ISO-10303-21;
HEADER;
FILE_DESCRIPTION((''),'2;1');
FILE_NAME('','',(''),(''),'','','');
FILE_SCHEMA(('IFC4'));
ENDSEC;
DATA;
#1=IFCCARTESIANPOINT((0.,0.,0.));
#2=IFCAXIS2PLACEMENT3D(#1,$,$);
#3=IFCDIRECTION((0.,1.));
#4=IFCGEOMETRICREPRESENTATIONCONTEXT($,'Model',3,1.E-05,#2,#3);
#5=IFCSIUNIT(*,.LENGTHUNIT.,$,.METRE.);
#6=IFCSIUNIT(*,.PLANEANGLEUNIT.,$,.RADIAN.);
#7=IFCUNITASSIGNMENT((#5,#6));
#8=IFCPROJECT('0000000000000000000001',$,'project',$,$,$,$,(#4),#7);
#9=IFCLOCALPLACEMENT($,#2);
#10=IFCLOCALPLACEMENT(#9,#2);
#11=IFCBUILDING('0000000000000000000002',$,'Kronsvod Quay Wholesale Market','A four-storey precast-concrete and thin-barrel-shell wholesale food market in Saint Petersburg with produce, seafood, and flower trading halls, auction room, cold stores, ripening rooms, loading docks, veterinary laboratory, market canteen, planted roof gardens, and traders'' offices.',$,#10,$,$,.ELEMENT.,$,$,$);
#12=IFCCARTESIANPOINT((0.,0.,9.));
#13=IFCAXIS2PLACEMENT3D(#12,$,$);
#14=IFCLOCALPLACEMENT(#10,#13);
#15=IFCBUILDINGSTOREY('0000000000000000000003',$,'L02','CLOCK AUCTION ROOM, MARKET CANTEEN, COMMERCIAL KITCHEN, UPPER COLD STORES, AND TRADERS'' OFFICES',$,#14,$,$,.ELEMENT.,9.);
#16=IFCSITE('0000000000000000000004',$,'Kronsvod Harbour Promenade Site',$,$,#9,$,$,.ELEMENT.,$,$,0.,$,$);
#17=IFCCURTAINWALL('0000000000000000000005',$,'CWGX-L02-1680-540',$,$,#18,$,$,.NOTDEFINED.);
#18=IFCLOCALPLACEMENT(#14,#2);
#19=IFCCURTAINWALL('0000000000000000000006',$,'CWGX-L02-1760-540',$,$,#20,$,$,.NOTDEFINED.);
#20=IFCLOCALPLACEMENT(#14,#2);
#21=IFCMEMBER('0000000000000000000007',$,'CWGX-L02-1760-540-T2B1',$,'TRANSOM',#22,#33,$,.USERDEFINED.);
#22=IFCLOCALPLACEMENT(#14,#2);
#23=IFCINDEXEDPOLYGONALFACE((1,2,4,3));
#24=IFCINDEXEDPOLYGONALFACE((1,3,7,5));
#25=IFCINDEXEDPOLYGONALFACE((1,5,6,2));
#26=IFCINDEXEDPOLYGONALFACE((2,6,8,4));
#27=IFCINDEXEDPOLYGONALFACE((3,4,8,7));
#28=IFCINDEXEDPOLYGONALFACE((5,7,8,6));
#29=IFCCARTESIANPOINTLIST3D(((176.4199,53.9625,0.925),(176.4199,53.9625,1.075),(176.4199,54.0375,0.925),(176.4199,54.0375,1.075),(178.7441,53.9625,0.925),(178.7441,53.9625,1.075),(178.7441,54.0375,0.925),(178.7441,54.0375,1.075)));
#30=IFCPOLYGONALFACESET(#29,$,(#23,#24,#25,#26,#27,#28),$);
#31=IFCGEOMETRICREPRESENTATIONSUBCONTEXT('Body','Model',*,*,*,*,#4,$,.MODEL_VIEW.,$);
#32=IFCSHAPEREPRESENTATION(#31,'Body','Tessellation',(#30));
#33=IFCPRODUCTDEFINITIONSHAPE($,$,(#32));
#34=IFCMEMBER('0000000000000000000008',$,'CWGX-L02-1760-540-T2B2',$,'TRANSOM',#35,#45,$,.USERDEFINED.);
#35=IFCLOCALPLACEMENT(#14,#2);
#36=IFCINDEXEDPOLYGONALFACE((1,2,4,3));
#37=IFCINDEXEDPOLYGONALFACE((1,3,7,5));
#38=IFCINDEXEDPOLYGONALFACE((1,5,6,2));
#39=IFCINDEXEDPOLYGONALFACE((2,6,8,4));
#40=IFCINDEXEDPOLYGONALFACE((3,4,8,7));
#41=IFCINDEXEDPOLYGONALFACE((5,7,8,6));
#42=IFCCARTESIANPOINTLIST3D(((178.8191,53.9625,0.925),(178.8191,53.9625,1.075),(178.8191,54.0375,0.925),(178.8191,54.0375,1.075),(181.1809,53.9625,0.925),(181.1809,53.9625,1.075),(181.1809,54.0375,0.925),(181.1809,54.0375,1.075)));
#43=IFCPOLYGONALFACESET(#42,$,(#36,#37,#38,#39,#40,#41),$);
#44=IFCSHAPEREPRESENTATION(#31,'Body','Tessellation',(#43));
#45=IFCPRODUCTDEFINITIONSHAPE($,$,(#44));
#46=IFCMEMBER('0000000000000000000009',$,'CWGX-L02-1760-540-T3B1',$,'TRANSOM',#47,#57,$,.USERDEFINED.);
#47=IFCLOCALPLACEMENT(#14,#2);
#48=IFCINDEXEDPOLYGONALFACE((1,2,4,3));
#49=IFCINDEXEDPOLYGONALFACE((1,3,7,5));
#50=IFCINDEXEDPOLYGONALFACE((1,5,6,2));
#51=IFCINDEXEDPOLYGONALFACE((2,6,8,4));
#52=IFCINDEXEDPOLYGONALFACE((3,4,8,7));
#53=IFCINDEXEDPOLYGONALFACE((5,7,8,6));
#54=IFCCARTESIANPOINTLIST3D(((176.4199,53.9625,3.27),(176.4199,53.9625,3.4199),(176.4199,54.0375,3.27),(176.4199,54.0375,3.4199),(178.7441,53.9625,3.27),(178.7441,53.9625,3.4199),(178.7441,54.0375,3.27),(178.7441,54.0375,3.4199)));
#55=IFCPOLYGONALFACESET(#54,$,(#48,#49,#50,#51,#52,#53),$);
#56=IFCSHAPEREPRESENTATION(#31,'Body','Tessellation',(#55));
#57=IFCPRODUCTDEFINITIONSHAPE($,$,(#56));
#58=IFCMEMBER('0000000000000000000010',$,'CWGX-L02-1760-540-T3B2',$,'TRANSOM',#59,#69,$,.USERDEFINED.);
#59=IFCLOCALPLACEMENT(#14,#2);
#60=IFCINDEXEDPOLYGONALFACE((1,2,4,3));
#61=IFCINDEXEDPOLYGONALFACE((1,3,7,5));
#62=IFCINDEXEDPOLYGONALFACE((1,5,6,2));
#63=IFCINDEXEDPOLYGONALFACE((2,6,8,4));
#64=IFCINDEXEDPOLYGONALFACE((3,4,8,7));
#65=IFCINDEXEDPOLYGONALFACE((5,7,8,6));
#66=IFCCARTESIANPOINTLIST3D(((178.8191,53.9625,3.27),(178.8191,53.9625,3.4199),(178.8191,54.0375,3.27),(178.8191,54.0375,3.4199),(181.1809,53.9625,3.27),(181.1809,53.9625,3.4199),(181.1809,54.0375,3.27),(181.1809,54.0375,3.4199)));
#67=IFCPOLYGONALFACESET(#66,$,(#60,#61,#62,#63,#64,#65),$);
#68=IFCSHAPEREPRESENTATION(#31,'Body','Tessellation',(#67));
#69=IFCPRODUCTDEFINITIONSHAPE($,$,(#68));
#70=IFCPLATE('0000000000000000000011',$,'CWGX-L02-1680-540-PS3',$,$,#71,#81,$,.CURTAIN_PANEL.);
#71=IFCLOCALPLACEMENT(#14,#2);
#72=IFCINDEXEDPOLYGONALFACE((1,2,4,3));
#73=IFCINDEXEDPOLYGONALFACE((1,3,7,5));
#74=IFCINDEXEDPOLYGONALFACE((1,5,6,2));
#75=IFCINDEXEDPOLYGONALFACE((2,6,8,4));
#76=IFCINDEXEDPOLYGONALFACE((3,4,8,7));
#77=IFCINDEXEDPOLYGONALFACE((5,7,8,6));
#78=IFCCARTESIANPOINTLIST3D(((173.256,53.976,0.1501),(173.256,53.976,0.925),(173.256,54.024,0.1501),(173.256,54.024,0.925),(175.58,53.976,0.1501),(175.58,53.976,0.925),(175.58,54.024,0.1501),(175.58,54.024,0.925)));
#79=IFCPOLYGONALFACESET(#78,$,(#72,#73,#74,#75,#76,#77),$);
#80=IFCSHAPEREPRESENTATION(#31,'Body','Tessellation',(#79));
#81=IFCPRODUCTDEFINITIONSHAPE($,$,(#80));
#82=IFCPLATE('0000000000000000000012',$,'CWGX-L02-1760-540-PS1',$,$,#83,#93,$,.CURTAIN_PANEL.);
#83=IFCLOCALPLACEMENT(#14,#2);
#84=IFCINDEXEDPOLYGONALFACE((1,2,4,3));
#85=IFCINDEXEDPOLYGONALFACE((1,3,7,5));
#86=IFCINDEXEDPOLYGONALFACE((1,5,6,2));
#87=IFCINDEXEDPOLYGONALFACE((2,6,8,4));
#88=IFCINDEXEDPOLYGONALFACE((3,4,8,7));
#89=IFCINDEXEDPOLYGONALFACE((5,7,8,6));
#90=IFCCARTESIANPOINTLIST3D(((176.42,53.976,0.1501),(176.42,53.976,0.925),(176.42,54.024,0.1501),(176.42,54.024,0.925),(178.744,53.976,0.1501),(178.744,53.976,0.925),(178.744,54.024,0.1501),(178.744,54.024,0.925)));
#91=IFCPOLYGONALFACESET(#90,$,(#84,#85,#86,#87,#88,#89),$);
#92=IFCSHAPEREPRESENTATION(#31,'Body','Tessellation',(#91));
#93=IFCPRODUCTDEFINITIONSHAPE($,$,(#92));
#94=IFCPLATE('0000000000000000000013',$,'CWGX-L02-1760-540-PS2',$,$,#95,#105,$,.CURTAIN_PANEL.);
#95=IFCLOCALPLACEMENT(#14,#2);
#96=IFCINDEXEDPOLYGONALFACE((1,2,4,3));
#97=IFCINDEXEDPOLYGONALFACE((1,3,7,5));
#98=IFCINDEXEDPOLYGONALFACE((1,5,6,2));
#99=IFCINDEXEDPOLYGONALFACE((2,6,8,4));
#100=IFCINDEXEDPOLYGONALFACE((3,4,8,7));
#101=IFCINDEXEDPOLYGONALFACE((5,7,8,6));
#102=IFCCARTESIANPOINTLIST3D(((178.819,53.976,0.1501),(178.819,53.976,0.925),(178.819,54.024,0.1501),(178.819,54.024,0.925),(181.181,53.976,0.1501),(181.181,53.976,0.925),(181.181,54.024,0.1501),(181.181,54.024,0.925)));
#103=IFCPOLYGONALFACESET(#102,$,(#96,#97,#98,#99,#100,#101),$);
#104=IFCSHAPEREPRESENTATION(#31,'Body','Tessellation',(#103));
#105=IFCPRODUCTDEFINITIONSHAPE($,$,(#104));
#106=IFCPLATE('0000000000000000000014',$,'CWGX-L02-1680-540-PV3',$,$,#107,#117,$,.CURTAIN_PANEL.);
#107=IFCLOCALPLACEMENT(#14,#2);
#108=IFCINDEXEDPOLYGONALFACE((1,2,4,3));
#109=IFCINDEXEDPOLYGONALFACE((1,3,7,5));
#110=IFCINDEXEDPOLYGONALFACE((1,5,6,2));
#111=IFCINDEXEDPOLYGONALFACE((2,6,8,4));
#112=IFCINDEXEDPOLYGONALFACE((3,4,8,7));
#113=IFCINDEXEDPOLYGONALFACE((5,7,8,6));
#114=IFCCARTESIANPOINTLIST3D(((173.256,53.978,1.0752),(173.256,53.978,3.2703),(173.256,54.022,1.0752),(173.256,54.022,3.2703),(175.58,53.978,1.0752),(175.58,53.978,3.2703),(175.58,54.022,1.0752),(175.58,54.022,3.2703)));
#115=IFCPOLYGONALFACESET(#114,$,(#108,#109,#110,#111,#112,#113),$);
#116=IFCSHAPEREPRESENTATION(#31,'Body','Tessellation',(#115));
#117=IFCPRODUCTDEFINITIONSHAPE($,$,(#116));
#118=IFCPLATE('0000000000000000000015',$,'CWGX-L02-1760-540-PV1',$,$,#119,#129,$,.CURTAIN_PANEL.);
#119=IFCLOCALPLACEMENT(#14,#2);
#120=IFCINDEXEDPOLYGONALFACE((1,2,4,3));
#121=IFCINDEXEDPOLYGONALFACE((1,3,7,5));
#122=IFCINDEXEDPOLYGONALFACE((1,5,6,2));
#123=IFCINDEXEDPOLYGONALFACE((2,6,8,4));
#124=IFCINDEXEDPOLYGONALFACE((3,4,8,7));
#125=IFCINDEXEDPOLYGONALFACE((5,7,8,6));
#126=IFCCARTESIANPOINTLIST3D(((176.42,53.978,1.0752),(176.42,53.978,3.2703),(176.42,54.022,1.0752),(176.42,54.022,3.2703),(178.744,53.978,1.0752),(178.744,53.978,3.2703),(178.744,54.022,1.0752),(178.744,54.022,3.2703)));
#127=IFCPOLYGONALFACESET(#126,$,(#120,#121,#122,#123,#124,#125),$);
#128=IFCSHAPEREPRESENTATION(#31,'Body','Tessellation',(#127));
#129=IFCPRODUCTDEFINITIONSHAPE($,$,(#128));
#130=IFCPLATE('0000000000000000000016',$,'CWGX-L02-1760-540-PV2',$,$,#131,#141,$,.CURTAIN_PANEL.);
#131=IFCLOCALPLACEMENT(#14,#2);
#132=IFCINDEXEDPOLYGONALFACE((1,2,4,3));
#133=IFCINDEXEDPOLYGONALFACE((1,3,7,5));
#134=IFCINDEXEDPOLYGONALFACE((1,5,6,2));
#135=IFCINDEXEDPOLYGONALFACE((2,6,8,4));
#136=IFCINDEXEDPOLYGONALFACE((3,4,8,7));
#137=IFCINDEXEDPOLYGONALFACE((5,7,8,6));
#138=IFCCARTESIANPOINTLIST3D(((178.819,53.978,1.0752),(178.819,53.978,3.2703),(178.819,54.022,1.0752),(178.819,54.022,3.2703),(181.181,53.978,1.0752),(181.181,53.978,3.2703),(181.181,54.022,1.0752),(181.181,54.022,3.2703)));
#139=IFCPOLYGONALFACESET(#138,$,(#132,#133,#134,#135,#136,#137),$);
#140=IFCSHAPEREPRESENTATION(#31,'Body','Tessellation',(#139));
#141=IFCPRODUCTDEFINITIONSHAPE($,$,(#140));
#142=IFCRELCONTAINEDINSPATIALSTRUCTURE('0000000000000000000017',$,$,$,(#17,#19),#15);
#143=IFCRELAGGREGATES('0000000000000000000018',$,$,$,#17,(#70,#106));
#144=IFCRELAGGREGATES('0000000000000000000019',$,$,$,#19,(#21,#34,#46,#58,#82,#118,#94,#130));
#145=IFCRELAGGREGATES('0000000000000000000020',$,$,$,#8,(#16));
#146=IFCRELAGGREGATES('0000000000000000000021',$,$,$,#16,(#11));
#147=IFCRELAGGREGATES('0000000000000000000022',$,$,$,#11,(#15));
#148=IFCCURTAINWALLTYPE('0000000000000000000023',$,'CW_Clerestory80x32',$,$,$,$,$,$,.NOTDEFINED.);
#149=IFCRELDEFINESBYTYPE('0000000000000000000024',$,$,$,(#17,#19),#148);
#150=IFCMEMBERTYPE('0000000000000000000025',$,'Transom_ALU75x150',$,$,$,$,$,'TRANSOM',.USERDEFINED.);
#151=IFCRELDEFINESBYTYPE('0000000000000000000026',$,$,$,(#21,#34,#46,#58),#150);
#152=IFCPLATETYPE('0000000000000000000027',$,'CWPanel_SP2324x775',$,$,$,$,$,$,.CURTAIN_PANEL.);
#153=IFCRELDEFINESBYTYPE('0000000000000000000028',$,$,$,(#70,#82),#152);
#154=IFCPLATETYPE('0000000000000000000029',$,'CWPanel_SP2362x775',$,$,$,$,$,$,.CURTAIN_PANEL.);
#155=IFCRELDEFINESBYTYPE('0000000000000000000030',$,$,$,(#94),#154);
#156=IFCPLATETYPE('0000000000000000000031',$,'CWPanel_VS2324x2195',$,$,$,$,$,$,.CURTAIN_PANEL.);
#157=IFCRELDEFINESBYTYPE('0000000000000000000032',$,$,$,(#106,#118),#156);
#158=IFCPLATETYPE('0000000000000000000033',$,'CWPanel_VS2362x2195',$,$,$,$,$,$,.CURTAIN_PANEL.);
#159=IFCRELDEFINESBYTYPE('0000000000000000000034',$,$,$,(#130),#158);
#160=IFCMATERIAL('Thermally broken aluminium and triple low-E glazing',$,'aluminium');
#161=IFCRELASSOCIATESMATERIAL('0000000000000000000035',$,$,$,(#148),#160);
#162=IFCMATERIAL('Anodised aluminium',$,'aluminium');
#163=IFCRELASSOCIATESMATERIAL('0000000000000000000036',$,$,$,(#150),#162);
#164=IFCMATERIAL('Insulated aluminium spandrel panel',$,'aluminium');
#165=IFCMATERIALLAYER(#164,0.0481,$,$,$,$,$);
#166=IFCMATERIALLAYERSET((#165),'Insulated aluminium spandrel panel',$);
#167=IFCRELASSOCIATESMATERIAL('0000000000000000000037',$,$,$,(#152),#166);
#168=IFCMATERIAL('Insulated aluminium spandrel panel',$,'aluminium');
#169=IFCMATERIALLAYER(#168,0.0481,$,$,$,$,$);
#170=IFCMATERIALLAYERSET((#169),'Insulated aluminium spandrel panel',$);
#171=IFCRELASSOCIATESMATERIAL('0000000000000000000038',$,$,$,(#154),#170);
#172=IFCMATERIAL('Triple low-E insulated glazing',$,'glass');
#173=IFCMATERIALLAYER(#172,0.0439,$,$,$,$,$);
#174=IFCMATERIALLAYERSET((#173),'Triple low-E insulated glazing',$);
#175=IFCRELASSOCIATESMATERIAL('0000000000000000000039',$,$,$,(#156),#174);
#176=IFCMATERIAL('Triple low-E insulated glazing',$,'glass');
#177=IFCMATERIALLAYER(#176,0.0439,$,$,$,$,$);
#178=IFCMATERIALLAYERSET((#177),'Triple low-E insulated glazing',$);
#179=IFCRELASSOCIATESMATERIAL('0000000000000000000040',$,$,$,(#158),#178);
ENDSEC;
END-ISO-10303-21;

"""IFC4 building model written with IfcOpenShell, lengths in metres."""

from ifc_helpers import new_model, si_unit, direction, frame, origin, origin_2d, place, context, subcontext, project, spatial, rectangle, extrude, material, layer, layer_set, material_profile, profile_set, type_object, element, aggregate, save


model = new_model("IFC4")

# Units and contexts
model_context = context("Model", 3, precision=1e-05, world=origin(), true_north=direction((0.0, 1.0)))
body_context = subcontext(model_context, "Body", "Model", "MODEL_VIEW")
ifc_project = project(units=[si_unit("LENGTHUNIT", "METRE"), si_unit("PLANEANGLEUNIT", "RADIAN")], contexts=[model_context])

# Site, building, storey
site_placement = place(None, origin())
site = spatial("IfcSite", under=ifc_project, at=site_placement, Name="Kronsvod Harbour Promenade Site", CompositionType="ELEMENT", RefElevation=0.0)
building_placement = place(site_placement, origin())
building = spatial("IfcBuilding", under=site, at=building_placement, Name="Kronsvod Quay Wholesale Market", Description="A four-storey precast-concrete and thin-barrel-shell wholesale food market in Saint Petersburg with produce, seafood, and flower trading halls, auction room, cold stores, ripening rooms, loading docks, veterinary laboratory, market canteen, planted roof gardens, and traders' offices.", CompositionType="ELEMENT")
storey_placement = place(building_placement, frame((0.0, 0.0, 9.0)))
storey = spatial("IfcBuildingStorey", under=building, at=storey_placement, Name="L02", Description="CLOCK AUCTION ROOM, MARKET CANTEEN, COMMERCIAL KITCHEN, UPPER COLD STORES, AND TRADERS' OFFICES", CompositionType="ELEMENT", Elevation=9.0)

# Curtain wall
ifc_material_1 = material(Name="Thermally broken aluminium and triple low-E glazing", Category="aluminium")
curtain_wall_type = type_object("IfcCurtainWallType", Name="CW_Clerestory80x32", PredefinedType="NOTDEFINED", material=ifc_material_1)
curtain_wall_1_placement = place(storey_placement, origin())
curtain_wall_1 = element("IfcCurtainWall", 1, at=curtain_wall_1_placement, inside=storey, type_object=curtain_wall_type, Name="CWGX-L02-1680-540", PredefinedType="NOTDEFINED")

# Curtain wall
curtain_wall_2_placement = place(storey_placement, origin())
curtain_wall_2 = element("IfcCurtainWall", 2, at=curtain_wall_2_placement, inside=storey, type_object=curtain_wall_type, Name="CWGX-L02-1760-540", PredefinedType="NOTDEFINED")

# Members
ifc_material_2 = material(Name="Anodised aluminium", Category="aluminium")
ifc_material_profile_1 = material_profile(ifc_material_2, rectangle(XDim=0.075, YDim=0.1499, at=origin_2d()), Name="ALUT75x150")
ifc_profile_set_1 = profile_set([ifc_material_profile_1], Name="Anodised aluminium")
member_type_1 = type_object("IfcMemberType", Name="Transom_ALU75x150", ElementType="TRANSOM", PredefinedType="USERDEFINED", material=ifc_profile_set_1)
member_1_placement = place(storey_placement, frame((176.4199, 54.0, 1.0), z_axis=(1.0, 0.0, 0.0), x_axis=(0.0, 1.0, 0.0)))
member_1 = element("IfcMember", 3, at=member_1_placement, type_object=member_type_1, Name="CWGX-L02-1760-540-T2B1", ObjectType="TRANSOM", PredefinedType="USERDEFINED", context=body_context, shape_type="SweptSolid", body=[
    extrude(rectangle(XDim=0.075, YDim=0.1499, at=origin_2d()), origin(), (0.0, 0.0, 1.0), 2.3242),
])
member_2_placement = place(storey_placement, frame((178.8191, 54.0, 1.0), z_axis=(1.0, 0.0, 0.0), x_axis=(0.0, 1.0, 0.0)))
member_2 = element("IfcMember", 4, at=member_2_placement, type_object=member_type_1, Name="CWGX-L02-1760-540-T2B2", ObjectType="TRANSOM", PredefinedType="USERDEFINED", context=body_context, shape_type="SweptSolid", body=[
    extrude(rectangle(XDim=0.075, YDim=0.1499, at=origin_2d()), origin(), (0.0, 0.0, 1.0), 2.3618),
])
member_3_placement = place(storey_placement, frame((176.4199, 54.0, 3.345), z_axis=(1.0, 0.0, 0.0), x_axis=(0.0, 1.0, 0.0)))
member_3 = element("IfcMember", 5, at=member_3_placement, type_object=member_type_1, Name="CWGX-L02-1760-540-T3B1", ObjectType="TRANSOM", PredefinedType="USERDEFINED", context=body_context, shape_type="SweptSolid", body=[
    extrude(rectangle(XDim=0.075, YDim=0.1499, at=origin_2d()), origin(), (0.0, 0.0, 1.0), 2.3242),
])
member_4_placement = place(storey_placement, frame((178.8191, 54.0, 3.345), z_axis=(1.0, 0.0, 0.0), x_axis=(0.0, 1.0, 0.0)))
member_4 = element("IfcMember", 6, at=member_4_placement, type_object=member_type_1, Name="CWGX-L02-1760-540-T3B2", ObjectType="TRANSOM", PredefinedType="USERDEFINED", context=body_context, shape_type="SweptSolid", body=[
    extrude(rectangle(XDim=0.075, YDim=0.1499, at=origin_2d()), origin(), (0.0, 0.0, 1.0), 2.3618),
])

# Plates
ifc_material_3 = material(Name="Insulated aluminium spandrel panel", Category="aluminium")
ifc_layer_1 = layer(ifc_material_3, 0.0481)
ifc_layer_set_1 = layer_set([ifc_layer_1], Name="Insulated aluminium spandrel panel")
plate_type_1 = type_object("IfcPlateType", Name="CWPanel_SP2324x775", PredefinedType="CURTAIN_PANEL", material=ifc_layer_set_1)
plate_1_placement = place(storey_placement, frame((174.418, 54.0, 0.1501), z_axis=(0.0, 0.0, 1.0), x_axis=(1.0, 0.0, 0.0)))
plate_1 = element("IfcPlate", 7, at=plate_1_placement, type_object=plate_type_1, Name="CWGX-L02-1680-540-PS3", PredefinedType="CURTAIN_PANEL", context=body_context, shape_type="SweptSolid", body=[
    extrude(rectangle(XDim=2.324, YDim=0.0481, at=origin_2d()), origin(), (0.0, 0.0, 1.0), 0.7749),
])
plate_2_placement = place(storey_placement, frame((177.582, 54.0, 0.1501), z_axis=(0.0, 0.0, 1.0), x_axis=(1.0, 0.0, 0.0)))
plate_2 = element("IfcPlate", 8, at=plate_2_placement, type_object=plate_type_1, Name="CWGX-L02-1760-540-PS1", PredefinedType="CURTAIN_PANEL", context=body_context, shape_type="SweptSolid", body=[
    extrude(rectangle(XDim=2.324, YDim=0.0481, at=origin_2d()), origin(), (0.0, 0.0, 1.0), 0.7749),
])
ifc_material_4 = material(Name="Insulated aluminium spandrel panel", Category="aluminium")
ifc_layer_2 = layer(ifc_material_4, 0.0481)
ifc_layer_set_2 = layer_set([ifc_layer_2], Name="Insulated aluminium spandrel panel")
plate_type_2 = type_object("IfcPlateType", Name="CWPanel_SP2362x775", PredefinedType="CURTAIN_PANEL", material=ifc_layer_set_2)
plate_3_placement = place(storey_placement, frame((180.0, 54.0, 0.1501), z_axis=(0.0, 0.0, 1.0), x_axis=(1.0, 0.0, 0.0)))
plate_3 = element("IfcPlate", 9, at=plate_3_placement, type_object=plate_type_2, Name="CWGX-L02-1760-540-PS2", PredefinedType="CURTAIN_PANEL", context=body_context, shape_type="SweptSolid", body=[
    extrude(rectangle(XDim=2.3621, YDim=0.0481, at=origin_2d()), origin(), (0.0, 0.0, 1.0), 0.7749),
])
ifc_material_5 = material(Name="Triple low-E insulated glazing", Category="glass")
ifc_layer_3 = layer(ifc_material_5, 0.0439)
ifc_layer_set_3 = layer_set([ifc_layer_3], Name="Triple low-E insulated glazing")
plate_type_3 = type_object("IfcPlateType", Name="CWPanel_VS2324x2195", PredefinedType="CURTAIN_PANEL", material=ifc_layer_set_3)
plate_4_placement = place(storey_placement, frame((174.418, 54.0, 1.0752), z_axis=(0.0, 0.0, 1.0), x_axis=(1.0, 0.0, 0.0)))
plate_4 = element("IfcPlate", 10, at=plate_4_placement, type_object=plate_type_3, Name="CWGX-L02-1680-540-PV3", PredefinedType="CURTAIN_PANEL", context=body_context, shape_type="SweptSolid", body=[
    extrude(rectangle(XDim=2.324, YDim=0.0439, at=origin_2d()), origin(), (0.0, 0.0, 1.0), 2.1951),
])
aggregate(curtain_wall_1, [plate_1, plate_4])
plate_5_placement = place(storey_placement, frame((177.582, 54.0, 1.0752), z_axis=(0.0, 0.0, 1.0), x_axis=(1.0, 0.0, 0.0)))
plate_5 = element("IfcPlate", 11, at=plate_5_placement, type_object=plate_type_3, Name="CWGX-L02-1760-540-PV1", PredefinedType="CURTAIN_PANEL", context=body_context, shape_type="SweptSolid", body=[
    extrude(rectangle(XDim=2.324, YDim=0.0439, at=origin_2d()), origin(), (0.0, 0.0, 1.0), 2.1951),
])
ifc_material_6 = material(Name="Triple low-E insulated glazing", Category="glass")
ifc_layer_4 = layer(ifc_material_6, 0.0439)
ifc_layer_set_4 = layer_set([ifc_layer_4], Name="Triple low-E insulated glazing")
plate_type_4 = type_object("IfcPlateType", Name="CWPanel_VS2362x2195", PredefinedType="CURTAIN_PANEL", material=ifc_layer_set_4)
plate_6_placement = place(storey_placement, frame((180.0, 54.0, 1.0752), z_axis=(0.0, 0.0, 1.0), x_axis=(1.0, 0.0, 0.0)))
plate_6 = element("IfcPlate", 12, at=plate_6_placement, type_object=plate_type_4, Name="CWGX-L02-1760-540-PV2", PredefinedType="CURTAIN_PANEL", context=body_context, shape_type="SweptSolid", body=[
    extrude(rectangle(XDim=2.3621, YDim=0.0439, at=origin_2d()), origin(), (0.0, 0.0, 1.0), 2.1951),
])
aggregate(curtain_wall_2, [member_1, member_2, member_3, member_4, plate_2, plate_5, plate_3, plate_6])

save(model, "model.ifc")
